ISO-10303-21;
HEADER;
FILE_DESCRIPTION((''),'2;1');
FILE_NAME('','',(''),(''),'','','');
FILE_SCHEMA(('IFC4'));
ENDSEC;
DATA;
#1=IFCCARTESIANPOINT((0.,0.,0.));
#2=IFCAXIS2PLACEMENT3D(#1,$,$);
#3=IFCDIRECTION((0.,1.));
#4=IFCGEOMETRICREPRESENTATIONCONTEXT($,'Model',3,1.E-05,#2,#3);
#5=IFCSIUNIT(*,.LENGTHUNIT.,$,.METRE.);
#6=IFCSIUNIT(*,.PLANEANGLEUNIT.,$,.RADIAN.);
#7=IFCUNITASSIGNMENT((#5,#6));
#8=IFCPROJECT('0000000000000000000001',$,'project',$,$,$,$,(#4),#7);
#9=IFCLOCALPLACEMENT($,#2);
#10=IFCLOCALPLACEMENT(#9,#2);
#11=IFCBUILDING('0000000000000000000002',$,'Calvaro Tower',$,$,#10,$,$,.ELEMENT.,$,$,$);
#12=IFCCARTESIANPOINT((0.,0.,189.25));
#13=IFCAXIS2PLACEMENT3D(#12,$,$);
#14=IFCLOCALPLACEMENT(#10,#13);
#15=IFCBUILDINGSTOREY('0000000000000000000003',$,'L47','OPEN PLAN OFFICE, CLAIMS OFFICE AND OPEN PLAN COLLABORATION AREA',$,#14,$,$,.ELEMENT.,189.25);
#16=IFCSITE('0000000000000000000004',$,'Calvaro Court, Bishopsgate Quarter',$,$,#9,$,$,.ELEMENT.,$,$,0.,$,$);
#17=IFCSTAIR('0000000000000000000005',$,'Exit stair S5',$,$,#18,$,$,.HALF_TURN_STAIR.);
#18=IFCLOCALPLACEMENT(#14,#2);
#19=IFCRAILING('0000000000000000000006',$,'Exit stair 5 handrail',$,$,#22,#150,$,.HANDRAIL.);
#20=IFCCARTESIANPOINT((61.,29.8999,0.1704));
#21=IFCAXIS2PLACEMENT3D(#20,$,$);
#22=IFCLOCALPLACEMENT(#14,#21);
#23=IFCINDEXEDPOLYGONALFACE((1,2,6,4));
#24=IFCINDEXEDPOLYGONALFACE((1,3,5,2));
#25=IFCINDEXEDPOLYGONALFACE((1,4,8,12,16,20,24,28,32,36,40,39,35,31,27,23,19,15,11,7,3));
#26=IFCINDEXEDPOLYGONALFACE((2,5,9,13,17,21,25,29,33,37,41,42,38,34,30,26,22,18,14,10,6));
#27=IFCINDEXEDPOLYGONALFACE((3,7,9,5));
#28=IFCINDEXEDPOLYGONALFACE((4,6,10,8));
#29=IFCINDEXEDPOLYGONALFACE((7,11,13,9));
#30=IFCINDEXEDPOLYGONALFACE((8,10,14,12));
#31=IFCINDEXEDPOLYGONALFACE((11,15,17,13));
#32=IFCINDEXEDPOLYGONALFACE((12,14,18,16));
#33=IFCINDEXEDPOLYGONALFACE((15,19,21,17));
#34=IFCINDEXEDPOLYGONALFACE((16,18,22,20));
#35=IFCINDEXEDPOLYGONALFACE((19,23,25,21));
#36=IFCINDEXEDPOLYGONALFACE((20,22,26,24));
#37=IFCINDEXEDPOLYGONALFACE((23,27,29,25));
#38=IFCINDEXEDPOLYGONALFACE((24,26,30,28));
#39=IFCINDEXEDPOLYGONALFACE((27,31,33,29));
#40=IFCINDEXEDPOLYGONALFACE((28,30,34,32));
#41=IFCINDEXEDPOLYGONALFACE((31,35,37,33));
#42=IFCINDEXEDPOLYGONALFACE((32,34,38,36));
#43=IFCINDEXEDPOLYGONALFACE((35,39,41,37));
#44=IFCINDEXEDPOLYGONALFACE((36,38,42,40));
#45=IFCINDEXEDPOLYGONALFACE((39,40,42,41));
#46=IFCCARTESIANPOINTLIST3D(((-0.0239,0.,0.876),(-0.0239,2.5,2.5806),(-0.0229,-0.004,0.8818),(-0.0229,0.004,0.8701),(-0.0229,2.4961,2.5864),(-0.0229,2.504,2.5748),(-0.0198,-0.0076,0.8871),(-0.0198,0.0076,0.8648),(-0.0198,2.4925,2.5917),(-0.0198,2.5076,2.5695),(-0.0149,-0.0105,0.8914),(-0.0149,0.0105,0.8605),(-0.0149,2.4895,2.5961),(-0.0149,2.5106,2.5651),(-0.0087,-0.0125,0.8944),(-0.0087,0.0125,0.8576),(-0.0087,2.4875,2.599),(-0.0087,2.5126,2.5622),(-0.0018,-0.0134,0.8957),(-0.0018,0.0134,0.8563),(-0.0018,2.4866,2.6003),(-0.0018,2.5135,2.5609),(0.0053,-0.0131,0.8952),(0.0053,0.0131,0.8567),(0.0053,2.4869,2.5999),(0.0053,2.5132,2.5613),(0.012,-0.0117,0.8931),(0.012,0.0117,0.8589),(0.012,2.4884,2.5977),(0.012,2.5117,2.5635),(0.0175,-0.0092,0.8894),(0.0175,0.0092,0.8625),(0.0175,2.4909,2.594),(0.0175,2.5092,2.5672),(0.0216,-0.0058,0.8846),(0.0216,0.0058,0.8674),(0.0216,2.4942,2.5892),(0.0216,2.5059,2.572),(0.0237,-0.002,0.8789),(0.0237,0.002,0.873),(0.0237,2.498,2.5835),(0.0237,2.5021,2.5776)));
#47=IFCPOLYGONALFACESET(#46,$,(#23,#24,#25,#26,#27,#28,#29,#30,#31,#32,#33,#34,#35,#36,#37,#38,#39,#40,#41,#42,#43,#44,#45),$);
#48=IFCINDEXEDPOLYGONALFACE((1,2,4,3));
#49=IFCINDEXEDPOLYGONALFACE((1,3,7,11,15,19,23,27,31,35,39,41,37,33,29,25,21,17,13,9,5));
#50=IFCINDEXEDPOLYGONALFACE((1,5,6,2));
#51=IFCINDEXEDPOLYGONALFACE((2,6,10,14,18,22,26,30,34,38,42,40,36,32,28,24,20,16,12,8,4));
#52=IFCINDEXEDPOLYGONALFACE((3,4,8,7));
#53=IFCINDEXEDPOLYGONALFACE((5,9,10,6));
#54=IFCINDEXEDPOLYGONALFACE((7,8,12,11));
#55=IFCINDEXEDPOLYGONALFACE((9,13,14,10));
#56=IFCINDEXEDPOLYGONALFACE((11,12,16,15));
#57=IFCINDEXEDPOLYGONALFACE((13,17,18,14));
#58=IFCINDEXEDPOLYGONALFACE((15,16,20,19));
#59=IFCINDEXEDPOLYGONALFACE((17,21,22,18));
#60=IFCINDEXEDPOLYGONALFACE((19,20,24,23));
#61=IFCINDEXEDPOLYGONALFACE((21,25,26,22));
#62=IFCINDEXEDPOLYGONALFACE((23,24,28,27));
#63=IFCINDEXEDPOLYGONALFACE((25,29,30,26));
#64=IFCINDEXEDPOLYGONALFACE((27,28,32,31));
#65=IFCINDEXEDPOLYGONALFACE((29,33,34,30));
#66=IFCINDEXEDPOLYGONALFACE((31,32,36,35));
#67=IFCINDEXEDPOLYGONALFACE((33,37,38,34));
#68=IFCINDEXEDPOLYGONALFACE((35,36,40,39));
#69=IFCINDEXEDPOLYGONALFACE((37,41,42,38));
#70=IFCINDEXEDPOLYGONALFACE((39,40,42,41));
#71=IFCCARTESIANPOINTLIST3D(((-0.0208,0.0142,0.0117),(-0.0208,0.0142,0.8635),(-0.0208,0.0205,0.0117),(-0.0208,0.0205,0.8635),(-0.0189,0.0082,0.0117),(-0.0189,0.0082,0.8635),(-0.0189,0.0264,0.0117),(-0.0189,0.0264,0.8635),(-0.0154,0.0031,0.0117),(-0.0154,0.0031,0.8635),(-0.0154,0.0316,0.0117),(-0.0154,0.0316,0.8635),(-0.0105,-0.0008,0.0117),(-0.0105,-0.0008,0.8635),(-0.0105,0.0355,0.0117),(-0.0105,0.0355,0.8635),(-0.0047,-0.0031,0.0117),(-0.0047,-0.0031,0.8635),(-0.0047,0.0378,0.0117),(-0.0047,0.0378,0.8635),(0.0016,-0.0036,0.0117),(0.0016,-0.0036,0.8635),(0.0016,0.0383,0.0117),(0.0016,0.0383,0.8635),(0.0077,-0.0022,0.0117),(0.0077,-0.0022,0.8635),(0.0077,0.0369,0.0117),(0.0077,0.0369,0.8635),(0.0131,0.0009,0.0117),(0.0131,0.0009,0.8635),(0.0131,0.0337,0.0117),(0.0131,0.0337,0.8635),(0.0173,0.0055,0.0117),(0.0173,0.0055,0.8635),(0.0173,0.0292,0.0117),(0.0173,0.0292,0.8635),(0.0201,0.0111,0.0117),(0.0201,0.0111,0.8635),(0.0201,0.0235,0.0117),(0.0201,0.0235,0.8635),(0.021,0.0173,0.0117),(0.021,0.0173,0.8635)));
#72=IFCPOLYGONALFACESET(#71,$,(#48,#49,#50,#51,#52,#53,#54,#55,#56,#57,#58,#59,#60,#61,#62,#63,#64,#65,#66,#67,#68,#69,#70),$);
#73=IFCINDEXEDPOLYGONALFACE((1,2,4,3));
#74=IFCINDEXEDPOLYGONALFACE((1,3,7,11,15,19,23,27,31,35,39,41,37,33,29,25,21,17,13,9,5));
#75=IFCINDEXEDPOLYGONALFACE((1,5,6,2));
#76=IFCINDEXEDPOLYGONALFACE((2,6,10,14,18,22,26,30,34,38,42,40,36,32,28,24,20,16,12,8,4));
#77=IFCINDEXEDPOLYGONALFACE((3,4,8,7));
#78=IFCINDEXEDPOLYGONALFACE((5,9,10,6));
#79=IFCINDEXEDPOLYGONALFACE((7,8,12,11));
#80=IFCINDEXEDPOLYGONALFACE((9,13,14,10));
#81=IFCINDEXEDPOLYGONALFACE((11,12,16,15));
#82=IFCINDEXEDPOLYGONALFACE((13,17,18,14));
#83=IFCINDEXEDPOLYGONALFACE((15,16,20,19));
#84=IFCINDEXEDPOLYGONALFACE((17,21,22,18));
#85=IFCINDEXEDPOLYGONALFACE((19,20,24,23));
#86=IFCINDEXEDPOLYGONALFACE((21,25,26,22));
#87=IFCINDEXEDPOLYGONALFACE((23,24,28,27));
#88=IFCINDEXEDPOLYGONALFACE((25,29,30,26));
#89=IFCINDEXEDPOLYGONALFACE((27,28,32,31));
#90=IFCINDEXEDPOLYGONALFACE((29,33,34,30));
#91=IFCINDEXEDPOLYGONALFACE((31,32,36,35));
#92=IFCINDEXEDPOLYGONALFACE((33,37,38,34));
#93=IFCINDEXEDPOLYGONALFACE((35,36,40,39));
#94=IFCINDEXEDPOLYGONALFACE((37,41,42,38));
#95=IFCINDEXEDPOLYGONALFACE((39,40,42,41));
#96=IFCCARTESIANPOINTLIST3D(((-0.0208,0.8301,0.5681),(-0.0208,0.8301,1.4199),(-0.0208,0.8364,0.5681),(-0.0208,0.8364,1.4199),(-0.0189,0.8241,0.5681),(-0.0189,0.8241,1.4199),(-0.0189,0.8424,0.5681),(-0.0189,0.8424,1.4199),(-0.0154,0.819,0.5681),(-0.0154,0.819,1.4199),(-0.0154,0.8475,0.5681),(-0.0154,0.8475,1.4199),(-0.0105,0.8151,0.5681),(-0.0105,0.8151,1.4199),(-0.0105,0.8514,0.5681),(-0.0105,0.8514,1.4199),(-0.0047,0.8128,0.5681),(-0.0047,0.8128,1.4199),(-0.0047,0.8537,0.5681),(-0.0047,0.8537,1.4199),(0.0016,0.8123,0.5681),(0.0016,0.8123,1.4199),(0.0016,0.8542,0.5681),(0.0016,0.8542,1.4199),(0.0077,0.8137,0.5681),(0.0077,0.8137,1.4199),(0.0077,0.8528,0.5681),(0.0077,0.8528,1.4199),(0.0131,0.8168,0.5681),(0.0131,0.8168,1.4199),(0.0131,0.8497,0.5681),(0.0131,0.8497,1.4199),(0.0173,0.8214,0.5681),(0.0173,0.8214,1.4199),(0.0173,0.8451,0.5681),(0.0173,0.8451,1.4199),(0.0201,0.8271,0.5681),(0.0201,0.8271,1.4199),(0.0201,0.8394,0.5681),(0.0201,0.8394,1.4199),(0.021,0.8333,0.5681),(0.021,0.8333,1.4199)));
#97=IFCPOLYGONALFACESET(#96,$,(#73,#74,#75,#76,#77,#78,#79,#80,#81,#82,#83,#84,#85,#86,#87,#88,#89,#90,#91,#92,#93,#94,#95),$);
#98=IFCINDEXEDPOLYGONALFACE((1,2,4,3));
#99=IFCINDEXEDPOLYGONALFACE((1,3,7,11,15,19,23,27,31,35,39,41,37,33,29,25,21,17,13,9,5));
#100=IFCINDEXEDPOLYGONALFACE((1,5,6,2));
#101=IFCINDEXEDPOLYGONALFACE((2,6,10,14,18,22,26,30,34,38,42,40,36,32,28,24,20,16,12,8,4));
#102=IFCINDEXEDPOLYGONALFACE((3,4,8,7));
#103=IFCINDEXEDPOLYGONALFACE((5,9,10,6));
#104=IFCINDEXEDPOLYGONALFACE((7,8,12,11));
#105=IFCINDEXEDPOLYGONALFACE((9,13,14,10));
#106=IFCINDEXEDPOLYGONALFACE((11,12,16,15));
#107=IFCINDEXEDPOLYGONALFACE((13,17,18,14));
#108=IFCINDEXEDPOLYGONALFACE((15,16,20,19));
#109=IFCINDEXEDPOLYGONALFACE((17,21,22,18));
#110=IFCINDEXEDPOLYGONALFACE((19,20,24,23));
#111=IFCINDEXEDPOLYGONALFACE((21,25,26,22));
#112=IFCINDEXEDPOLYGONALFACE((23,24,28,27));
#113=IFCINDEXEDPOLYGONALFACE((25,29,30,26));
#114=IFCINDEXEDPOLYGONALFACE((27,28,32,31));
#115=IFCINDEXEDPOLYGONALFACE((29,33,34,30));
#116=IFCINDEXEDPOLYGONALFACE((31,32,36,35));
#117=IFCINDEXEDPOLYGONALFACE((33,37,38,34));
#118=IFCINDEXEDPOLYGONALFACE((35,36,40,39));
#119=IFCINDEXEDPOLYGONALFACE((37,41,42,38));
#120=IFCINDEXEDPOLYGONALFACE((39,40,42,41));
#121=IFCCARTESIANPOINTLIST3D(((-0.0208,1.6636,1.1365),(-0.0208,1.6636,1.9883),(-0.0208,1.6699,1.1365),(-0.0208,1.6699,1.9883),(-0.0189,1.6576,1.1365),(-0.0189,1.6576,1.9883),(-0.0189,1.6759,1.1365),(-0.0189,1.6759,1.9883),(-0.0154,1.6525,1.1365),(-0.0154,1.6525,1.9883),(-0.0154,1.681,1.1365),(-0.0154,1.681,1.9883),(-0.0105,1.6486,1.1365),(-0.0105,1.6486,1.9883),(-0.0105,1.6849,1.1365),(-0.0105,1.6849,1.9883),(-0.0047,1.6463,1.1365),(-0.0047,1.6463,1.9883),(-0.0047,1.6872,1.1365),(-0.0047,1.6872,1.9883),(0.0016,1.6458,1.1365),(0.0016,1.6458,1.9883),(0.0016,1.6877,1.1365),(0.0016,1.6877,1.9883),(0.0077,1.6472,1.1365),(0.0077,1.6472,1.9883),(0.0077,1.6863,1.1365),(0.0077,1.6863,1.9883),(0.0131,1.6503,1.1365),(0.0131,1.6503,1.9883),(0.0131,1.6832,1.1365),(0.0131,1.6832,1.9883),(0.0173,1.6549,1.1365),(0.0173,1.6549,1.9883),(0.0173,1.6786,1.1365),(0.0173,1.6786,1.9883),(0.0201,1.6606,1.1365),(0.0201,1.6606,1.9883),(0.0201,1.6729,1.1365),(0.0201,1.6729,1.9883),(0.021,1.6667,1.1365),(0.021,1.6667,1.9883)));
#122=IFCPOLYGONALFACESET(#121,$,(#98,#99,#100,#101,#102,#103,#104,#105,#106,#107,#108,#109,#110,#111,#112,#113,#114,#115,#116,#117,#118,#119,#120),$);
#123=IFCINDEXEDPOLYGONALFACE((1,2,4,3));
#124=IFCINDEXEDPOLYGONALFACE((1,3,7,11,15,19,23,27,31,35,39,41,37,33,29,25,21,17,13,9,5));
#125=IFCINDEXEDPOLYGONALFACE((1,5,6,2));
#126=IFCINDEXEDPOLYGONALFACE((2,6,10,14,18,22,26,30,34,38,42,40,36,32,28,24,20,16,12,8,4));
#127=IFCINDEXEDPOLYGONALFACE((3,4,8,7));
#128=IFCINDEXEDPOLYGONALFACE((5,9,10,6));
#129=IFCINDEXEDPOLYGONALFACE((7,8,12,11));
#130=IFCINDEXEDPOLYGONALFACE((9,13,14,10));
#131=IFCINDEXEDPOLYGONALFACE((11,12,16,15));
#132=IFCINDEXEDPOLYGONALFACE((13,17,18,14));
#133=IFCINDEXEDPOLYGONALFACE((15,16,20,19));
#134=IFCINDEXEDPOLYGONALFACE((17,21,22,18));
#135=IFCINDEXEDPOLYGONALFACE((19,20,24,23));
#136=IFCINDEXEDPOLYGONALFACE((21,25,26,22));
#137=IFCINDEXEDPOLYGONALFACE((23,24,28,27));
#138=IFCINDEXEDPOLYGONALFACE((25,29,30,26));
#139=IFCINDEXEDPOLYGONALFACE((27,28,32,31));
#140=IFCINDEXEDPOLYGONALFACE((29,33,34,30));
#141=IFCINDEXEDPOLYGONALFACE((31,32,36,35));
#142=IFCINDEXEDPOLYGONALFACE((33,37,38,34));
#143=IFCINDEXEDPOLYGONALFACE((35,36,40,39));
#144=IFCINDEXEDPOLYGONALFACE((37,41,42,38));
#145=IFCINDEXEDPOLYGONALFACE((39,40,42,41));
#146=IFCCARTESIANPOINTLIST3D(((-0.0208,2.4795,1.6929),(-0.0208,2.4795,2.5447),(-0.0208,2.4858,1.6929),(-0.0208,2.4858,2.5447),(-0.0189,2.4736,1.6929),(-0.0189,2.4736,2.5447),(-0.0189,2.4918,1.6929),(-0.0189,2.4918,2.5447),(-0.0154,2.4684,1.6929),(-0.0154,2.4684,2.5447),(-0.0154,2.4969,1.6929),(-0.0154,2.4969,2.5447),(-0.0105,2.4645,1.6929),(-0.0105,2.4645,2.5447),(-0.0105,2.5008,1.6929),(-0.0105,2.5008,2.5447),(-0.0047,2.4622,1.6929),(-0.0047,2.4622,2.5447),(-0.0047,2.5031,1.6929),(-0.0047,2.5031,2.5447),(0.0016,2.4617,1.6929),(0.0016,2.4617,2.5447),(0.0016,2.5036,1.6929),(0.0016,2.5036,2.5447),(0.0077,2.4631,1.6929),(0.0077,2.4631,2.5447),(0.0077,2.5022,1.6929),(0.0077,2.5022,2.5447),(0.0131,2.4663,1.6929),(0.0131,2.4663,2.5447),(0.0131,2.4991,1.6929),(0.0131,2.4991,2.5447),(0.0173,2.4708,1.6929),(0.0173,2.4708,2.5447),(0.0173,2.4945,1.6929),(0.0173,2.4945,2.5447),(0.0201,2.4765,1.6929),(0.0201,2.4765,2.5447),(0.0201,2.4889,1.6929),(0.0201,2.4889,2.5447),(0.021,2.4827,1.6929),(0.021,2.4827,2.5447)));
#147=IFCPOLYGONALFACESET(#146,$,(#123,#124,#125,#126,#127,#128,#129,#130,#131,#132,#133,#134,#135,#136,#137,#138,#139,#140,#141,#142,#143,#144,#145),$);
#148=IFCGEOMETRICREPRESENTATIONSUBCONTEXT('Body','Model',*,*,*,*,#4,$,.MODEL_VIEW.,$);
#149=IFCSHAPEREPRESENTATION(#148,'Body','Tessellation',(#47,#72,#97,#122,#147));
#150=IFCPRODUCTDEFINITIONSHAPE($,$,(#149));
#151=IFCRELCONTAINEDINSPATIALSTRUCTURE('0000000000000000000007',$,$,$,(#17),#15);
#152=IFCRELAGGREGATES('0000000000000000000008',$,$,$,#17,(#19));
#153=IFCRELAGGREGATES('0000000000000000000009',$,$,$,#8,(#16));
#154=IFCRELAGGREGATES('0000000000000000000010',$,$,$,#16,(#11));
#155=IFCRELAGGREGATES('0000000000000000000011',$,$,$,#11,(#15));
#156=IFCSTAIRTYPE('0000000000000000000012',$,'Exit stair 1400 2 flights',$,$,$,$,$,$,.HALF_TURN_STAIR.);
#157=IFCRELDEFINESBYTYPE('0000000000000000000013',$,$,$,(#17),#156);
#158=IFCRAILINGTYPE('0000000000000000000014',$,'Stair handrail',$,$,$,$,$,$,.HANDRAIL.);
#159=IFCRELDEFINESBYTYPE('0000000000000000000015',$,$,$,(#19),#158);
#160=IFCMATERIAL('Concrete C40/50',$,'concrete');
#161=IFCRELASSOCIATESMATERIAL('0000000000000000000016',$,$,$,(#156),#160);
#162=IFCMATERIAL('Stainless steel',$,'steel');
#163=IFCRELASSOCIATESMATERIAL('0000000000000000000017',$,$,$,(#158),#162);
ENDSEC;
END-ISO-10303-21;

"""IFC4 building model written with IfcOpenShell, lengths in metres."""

from ifc_helpers import new_model, si_unit, direction, frame, origin, origin_2d, place, context, subcontext, project, spatial, circle, extrude, material, type_object, element, aggregate, save


model = new_model("IFC4")

# Units and contexts
model_context = context("Model", 3, precision=1e-05, world=origin(), true_north=direction((0.0, 1.0)))
body_context = subcontext(model_context, "Body", "Model", "MODEL_VIEW")
ifc_project = project(units=[si_unit("LENGTHUNIT", "METRE"), si_unit("PLANEANGLEUNIT", "RADIAN")], contexts=[model_context])

# Site, building, storey
site_placement = place(None, origin())
site = spatial("IfcSite", under=ifc_project, at=site_placement, Name="Calvaro Court, Bishopsgate Quarter", CompositionType="ELEMENT", RefElevation=0.0)
building_placement = place(site_placement, origin())
building = spatial("IfcBuilding", under=site, at=building_placement, Name="Calvaro Tower", CompositionType="ELEMENT")
storey_placement = place(building_placement, frame((0.0, 0.0, 189.25)))
storey = spatial("IfcBuildingStorey", under=building, at=storey_placement, Name="L47", Description="OPEN PLAN OFFICE, CLAIMS OFFICE AND OPEN PLAN COLLABORATION AREA", CompositionType="ELEMENT", Elevation=189.25)

# Stair
ifc_material_1 = material(Name="Concrete C40/50", Category="concrete")
stair_type = type_object("IfcStairType", Name="Exit stair 1400 2 flights", PredefinedType="HALF_TURN_STAIR", material=ifc_material_1)
stair_1_placement = place(storey_placement, origin())
stair_1 = element("IfcStair", 1, at=stair_1_placement, inside=storey, type_object=stair_type, Name="Exit stair S5", PredefinedType="HALF_TURN_STAIR")

# Railing
ifc_material_2 = material(Name="Stainless steel", Category="steel")
railing_type = type_object("IfcRailingType", Name="Stair handrail", PredefinedType="HANDRAIL", material=ifc_material_2)
railing_1_placement = place(storey_placement, frame((61.0, 29.8999, 0.1704)))
railing_1 = element("IfcRailing", 2, at=railing_1_placement, type_object=railing_type, Name="Exit stair 5 handrail", PredefinedType="HANDRAIL", context=body_context, shape_type="SweptSolid", body=[
    extrude(circle(Radius=0.0239, at=origin_2d()), frame((0.0, 0.0, 0.876), z_axis=(0.0, 0.826221, 0.563347), x_axis=(-1.0, 0.0, 0.0)), (0.0, 0.0, 1.0), 3.0259),
    extrude(circle(Radius=0.021, at=origin_2d()), frame((0.0, 0.0173, 0.0117)), (0.0, 0.0, 1.0), 0.8518),
    extrude(circle(Radius=0.021, at=origin_2d()), frame((0.0, 0.8333, 0.5681)), (0.0, 0.0, 1.0), 0.8518),
    extrude(circle(Radius=0.021, at=origin_2d()), frame((0.0, 1.6667, 1.1365)), (0.0, 0.0, 1.0), 0.8518),
    extrude(circle(Radius=0.021, at=origin_2d()), frame((0.0, 2.4827, 1.6929)), (0.0, 0.0, 1.0), 0.8518),
])
aggregate(stair_1, [railing_1])

save(model, "model.ifc")
